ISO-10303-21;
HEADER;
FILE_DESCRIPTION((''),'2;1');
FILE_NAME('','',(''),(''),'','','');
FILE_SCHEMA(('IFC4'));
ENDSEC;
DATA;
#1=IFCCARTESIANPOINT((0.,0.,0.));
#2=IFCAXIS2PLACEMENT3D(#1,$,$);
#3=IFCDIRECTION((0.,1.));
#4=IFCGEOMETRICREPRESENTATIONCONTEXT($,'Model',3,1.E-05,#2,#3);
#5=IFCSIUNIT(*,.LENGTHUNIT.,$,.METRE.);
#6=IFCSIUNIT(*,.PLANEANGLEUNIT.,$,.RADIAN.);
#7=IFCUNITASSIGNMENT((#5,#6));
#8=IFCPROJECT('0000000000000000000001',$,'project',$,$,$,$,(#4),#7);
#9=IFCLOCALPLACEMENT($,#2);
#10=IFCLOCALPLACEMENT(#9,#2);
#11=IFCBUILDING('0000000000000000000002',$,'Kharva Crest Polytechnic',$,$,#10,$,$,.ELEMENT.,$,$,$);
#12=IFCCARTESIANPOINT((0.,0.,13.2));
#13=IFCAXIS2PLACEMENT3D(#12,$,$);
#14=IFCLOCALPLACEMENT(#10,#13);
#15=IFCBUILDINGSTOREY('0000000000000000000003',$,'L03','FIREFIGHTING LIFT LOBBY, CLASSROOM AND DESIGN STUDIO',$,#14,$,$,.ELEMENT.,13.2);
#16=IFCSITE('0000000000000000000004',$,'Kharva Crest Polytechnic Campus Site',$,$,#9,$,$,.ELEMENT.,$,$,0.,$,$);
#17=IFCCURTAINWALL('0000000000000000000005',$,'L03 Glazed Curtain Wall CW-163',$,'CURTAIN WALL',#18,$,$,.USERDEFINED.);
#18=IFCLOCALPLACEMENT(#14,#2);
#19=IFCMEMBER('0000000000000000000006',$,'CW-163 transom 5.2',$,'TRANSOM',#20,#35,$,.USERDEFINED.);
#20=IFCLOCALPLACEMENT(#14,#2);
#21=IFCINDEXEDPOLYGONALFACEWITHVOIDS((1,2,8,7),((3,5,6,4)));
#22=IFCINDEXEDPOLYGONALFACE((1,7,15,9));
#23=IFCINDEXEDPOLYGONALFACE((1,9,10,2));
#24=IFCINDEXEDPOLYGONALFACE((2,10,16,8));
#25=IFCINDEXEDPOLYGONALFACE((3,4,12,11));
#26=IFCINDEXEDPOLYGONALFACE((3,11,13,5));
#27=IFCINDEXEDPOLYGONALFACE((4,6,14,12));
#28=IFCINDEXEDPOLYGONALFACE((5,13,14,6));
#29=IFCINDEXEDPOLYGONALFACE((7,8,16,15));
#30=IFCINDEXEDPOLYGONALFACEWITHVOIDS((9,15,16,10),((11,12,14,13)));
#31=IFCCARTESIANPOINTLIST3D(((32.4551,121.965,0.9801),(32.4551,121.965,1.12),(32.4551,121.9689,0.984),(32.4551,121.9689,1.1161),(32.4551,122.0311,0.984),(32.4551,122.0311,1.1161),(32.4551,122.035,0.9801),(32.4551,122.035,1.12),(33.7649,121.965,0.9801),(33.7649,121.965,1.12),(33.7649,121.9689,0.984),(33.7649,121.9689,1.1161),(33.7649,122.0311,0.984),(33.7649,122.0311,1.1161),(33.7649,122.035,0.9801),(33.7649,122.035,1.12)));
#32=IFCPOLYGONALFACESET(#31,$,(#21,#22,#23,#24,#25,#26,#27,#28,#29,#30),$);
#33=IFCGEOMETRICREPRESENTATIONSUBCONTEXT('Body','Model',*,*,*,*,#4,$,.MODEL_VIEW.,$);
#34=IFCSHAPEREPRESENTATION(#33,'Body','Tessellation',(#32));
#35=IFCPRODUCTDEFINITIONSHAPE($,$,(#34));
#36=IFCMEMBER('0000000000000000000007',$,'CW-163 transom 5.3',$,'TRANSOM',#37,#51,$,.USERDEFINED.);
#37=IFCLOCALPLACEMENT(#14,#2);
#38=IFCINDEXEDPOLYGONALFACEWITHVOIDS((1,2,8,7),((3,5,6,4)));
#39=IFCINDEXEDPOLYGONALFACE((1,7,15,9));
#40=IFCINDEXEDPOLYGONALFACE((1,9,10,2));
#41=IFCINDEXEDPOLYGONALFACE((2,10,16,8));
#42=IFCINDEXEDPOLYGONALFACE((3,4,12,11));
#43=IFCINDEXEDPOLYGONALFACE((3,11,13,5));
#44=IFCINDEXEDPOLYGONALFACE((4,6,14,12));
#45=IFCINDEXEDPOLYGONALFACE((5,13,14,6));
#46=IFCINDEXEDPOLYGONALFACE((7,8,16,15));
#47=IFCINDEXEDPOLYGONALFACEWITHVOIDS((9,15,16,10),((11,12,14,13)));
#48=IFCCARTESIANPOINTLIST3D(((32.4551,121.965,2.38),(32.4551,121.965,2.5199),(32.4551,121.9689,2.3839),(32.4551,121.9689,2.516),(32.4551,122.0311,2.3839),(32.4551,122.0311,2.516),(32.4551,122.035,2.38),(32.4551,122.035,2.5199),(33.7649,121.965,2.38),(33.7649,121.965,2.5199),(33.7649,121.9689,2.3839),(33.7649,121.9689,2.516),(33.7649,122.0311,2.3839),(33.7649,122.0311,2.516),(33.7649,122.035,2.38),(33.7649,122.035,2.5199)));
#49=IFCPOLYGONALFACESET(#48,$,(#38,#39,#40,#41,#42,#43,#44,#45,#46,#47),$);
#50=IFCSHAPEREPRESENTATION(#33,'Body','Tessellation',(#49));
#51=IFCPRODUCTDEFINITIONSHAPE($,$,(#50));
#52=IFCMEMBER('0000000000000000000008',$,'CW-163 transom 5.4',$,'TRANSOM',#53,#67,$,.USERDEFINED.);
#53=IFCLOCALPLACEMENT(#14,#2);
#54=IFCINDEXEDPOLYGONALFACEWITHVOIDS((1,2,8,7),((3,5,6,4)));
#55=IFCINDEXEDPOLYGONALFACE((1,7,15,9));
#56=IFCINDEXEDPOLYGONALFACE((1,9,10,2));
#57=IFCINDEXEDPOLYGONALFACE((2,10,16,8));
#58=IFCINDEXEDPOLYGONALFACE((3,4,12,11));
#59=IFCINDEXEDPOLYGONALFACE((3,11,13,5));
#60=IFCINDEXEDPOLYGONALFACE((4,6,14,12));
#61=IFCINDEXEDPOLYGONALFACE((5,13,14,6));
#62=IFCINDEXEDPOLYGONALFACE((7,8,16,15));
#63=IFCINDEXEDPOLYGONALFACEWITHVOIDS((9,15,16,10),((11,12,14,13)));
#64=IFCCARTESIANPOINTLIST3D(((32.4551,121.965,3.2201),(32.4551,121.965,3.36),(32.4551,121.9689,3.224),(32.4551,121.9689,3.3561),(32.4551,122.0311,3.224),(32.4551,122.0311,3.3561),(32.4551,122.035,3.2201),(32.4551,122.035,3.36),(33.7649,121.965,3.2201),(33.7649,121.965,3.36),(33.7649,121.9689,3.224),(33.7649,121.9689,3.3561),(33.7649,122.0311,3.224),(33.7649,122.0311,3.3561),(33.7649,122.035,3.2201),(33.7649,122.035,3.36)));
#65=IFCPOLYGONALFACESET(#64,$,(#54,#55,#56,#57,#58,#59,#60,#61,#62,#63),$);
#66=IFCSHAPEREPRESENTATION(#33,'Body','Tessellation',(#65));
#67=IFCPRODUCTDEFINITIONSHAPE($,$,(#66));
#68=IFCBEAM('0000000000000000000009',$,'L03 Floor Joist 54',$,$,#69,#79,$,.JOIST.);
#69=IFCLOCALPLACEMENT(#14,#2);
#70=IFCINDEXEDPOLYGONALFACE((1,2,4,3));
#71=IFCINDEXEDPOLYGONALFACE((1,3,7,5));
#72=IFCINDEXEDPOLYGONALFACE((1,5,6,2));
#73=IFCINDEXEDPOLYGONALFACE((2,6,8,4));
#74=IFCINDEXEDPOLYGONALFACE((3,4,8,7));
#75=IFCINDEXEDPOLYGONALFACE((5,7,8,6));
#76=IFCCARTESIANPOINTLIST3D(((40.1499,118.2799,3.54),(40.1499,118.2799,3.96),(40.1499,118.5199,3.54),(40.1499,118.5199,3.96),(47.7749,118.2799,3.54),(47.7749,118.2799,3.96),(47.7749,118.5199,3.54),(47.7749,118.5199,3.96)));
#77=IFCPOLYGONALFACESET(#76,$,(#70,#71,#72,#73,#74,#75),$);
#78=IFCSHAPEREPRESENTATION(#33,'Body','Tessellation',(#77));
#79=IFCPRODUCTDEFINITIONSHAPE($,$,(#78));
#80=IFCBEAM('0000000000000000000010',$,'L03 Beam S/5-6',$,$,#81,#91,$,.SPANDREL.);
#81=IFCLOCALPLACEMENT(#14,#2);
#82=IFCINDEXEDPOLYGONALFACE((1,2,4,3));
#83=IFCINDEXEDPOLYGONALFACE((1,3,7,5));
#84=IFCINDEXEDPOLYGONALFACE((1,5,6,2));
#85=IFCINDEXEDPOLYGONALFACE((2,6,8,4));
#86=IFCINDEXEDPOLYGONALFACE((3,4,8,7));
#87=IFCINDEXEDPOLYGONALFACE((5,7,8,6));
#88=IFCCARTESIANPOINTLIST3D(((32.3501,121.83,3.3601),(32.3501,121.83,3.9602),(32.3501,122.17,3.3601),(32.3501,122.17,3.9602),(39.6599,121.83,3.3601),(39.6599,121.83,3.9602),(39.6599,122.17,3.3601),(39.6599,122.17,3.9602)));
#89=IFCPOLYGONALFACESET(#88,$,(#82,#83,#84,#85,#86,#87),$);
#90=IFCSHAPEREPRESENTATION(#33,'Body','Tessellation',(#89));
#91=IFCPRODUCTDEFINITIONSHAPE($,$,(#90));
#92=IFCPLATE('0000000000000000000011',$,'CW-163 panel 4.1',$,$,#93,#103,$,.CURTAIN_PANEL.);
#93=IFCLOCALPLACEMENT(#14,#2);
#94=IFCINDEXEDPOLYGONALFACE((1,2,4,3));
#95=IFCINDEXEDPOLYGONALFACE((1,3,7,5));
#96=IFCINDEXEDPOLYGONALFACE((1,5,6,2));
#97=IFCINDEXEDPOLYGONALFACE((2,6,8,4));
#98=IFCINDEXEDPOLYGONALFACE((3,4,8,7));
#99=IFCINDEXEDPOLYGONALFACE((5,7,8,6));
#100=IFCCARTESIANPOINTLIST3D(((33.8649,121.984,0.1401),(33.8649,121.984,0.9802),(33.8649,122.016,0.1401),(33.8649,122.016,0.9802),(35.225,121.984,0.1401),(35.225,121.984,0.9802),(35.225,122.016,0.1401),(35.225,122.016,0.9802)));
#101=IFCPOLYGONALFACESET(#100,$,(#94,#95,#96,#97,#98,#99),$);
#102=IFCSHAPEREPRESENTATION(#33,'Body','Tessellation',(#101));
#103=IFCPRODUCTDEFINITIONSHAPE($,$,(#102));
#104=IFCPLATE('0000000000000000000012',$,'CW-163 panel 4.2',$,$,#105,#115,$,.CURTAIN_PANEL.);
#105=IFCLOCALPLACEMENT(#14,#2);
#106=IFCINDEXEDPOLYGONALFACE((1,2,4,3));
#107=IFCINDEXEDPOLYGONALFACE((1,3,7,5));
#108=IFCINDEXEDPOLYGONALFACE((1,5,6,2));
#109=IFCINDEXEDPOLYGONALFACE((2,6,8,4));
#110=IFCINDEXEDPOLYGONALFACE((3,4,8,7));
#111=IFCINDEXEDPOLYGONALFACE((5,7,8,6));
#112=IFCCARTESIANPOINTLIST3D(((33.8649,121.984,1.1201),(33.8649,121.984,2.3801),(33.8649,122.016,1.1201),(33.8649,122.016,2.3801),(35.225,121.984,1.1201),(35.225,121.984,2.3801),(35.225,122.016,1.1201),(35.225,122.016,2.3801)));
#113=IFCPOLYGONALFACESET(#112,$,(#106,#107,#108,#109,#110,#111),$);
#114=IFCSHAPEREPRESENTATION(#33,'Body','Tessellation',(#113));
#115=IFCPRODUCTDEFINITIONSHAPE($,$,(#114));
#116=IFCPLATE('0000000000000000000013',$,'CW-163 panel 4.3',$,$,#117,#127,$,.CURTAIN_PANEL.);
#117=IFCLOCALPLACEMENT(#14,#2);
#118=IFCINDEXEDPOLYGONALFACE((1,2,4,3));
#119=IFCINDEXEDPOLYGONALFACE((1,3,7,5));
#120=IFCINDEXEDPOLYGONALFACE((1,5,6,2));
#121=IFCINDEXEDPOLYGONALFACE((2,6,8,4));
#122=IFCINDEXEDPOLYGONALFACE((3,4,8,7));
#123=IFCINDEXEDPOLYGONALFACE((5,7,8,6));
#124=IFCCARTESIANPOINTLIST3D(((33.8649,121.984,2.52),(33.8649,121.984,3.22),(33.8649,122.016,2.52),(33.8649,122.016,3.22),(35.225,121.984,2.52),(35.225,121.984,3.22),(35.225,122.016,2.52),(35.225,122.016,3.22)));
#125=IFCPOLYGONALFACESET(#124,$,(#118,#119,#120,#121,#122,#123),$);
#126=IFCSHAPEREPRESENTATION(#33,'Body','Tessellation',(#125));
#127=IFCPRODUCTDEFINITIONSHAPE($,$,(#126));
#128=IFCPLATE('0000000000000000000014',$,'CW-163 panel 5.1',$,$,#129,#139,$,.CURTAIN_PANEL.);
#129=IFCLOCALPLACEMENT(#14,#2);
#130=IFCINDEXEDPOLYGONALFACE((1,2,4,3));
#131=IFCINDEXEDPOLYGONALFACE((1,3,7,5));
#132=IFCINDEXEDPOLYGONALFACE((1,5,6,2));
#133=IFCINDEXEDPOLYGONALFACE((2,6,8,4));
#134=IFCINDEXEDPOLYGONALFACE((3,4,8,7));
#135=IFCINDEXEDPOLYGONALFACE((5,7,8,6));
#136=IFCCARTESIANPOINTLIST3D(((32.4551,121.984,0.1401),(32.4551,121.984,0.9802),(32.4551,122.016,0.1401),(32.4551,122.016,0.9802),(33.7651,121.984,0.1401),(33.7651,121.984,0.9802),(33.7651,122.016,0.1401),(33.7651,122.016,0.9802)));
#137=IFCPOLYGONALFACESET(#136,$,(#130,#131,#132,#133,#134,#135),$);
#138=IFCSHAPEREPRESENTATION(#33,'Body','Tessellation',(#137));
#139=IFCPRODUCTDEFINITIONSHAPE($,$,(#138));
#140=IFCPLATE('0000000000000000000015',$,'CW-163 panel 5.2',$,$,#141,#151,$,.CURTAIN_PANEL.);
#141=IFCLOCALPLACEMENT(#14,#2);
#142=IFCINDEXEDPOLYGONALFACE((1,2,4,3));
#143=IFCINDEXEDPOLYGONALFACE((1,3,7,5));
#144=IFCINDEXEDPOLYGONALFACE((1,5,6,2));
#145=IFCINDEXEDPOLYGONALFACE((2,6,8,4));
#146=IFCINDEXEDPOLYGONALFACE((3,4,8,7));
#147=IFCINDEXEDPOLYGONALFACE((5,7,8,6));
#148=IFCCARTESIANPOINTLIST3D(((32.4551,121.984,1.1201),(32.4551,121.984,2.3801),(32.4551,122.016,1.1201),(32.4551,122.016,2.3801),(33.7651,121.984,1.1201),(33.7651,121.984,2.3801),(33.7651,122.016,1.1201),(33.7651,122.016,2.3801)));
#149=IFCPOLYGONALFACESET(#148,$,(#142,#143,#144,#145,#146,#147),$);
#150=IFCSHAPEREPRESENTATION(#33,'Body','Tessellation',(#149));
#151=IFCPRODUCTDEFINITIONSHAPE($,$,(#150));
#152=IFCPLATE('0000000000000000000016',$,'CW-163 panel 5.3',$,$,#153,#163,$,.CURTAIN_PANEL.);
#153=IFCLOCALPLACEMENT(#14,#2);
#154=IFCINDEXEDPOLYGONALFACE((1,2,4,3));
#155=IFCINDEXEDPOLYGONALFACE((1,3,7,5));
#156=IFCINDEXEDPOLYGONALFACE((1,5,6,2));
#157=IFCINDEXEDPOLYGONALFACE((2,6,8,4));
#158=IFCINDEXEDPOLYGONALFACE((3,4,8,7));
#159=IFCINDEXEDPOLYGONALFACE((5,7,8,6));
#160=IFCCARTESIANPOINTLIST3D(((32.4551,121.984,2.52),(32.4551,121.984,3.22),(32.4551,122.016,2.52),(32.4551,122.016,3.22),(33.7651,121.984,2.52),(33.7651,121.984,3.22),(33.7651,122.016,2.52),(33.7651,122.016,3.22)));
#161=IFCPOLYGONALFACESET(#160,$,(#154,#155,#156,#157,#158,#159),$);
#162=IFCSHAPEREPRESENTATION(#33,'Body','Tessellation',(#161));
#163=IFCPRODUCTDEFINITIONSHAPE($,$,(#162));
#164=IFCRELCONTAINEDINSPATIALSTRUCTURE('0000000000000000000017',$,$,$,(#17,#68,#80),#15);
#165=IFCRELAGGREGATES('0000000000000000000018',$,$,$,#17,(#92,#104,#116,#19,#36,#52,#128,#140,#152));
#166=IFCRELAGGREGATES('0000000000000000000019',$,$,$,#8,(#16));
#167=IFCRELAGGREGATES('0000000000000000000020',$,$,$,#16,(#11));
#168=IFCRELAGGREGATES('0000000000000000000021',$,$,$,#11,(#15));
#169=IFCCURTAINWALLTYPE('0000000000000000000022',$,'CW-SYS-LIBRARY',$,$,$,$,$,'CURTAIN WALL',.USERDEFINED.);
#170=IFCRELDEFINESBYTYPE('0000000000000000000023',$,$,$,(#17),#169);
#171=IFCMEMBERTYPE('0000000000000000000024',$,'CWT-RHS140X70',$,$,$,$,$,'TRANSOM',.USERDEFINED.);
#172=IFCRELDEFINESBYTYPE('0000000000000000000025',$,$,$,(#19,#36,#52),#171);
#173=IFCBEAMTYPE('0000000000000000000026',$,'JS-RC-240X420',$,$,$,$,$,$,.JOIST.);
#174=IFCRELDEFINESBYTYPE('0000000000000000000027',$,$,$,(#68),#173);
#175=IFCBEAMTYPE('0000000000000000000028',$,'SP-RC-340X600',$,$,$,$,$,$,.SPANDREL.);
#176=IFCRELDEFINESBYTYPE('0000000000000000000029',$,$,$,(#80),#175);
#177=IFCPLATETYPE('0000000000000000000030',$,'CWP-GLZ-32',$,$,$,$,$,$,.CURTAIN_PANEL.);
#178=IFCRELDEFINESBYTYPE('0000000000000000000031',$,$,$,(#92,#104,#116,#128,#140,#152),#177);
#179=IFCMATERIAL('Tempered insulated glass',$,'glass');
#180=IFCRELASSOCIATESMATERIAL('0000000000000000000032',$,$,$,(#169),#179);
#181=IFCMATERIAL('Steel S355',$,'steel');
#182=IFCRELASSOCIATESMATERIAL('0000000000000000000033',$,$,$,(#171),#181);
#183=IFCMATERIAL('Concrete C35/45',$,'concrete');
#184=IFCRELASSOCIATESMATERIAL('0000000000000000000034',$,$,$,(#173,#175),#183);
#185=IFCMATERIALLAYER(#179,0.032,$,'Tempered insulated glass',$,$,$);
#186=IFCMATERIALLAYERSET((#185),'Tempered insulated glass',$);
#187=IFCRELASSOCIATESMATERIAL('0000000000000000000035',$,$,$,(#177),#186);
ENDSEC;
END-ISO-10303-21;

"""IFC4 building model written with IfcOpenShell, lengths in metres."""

from ifc_helpers import new_model, si_unit, direction, frame, origin, origin_2d, place, context, subcontext, project, spatial, rectangle, hollow_rectangle, extrude, material, layer, layer_set, material_profile, profile_set, type_object, element, aggregate, save


model = new_model("IFC4")

# Units and contexts
model_context = context("Model", 3, precision=1e-05, world=origin(), true_north=direction((0.0, 1.0)))
body_context = subcontext(model_context, "Body", "Model", "MODEL_VIEW")
ifc_project = project(units=[si_unit("LENGTHUNIT", "METRE"), si_unit("PLANEANGLEUNIT", "RADIAN")], contexts=[model_context])

# Site, building, storey
site_placement = place(None, origin())
site = spatial("IfcSite", under=ifc_project, at=site_placement, Name="Kharva Crest Polytechnic Campus Site", CompositionType="ELEMENT", RefElevation=0.0)
building_placement = place(site_placement, origin())
building = spatial("IfcBuilding", under=site, at=building_placement, Name="Kharva Crest Polytechnic", CompositionType="ELEMENT")
storey_placement = place(building_placement, frame((0.0, 0.0, 13.2)))
storey = spatial("IfcBuildingStorey", under=building, at=storey_placement, Name="L03", Description="FIREFIGHTING LIFT LOBBY, CLASSROOM AND DESIGN STUDIO", CompositionType="ELEMENT", Elevation=13.2)

# Shared definitions
ifc_material_1 = material(Name="Concrete C35/45", Category="concrete")

# Curtain wall, members
ifc_material_2 = material(Name="Tempered insulated glass", Category="glass")
curtain_wall_type = type_object("IfcCurtainWallType", Name="CW-SYS-LIBRARY", ElementType="CURTAIN WALL", PredefinedType="USERDEFINED", material=ifc_material_2)
curtain_wall_placement = place(storey_placement, origin())
curtain_wall = element("IfcCurtainWall", 1, at=curtain_wall_placement, inside=storey, type_object=curtain_wall_type, Name="L03 Glazed Curtain Wall CW-163", ObjectType="CURTAIN WALL", PredefinedType="USERDEFINED")
ifc_material_3 = material(Name="Steel S355", Category="steel")
ifc_material_profile_1 = material_profile(ifc_material_3, hollow_rectangle(XDim=0.0701, YDim=0.1399, WallThickness=0.0039, at=origin_2d()), Name="RHS 140X70X4.0")
ifc_profile_set_1 = profile_set([ifc_material_profile_1], Name="Steel S355")
member_type_1 = type_object("IfcMemberType", Name="CWT-RHS140X70", ElementType="TRANSOM", PredefinedType="USERDEFINED", material=ifc_profile_set_1)
member_1_placement = place(storey_placement, frame((33.7649, 122.0, 1.05), z_axis=(-1.0, 0.0, 0.0), x_axis=(0.0, -1.0, 0.0)))
member_1 = element("IfcMember", 2, at=member_1_placement, type_object=member_type_1, Name="CW-163 transom 5.2", ObjectType="TRANSOM", PredefinedType="USERDEFINED", context=body_context, shape_type="SweptSolid", body=[
    extrude(hollow_rectangle(XDim=0.0701, YDim=0.1399, WallThickness=0.0039, at=origin_2d()), origin(), (0.0, 0.0, 1.0), 1.3098),
])
member_2_placement = place(storey_placement, frame((33.7649, 122.0, 2.45), z_axis=(-1.0, 0.0, 0.0), x_axis=(0.0, -1.0, 0.0)))
member_2 = element("IfcMember", 3, at=member_2_placement, type_object=member_type_1, Name="CW-163 transom 5.3", ObjectType="TRANSOM", PredefinedType="USERDEFINED", context=body_context, shape_type="SweptSolid", body=[
    extrude(hollow_rectangle(XDim=0.0701, YDim=0.1399, WallThickness=0.0039, at=origin_2d()), origin(), (0.0, 0.0, 1.0), 1.3098),
])
member_3_placement = place(storey_placement, frame((33.7649, 122.0, 3.29), z_axis=(-1.0, 0.0, 0.0), x_axis=(0.0, -1.0, 0.0)))
member_3 = element("IfcMember", 4, at=member_3_placement, type_object=member_type_1, Name="CW-163 transom 5.4", ObjectType="TRANSOM", PredefinedType="USERDEFINED", context=body_context, shape_type="SweptSolid", body=[
    extrude(hollow_rectangle(XDim=0.0701, YDim=0.1399, WallThickness=0.0039, at=origin_2d()), origin(), (0.0, 0.0, 1.0), 1.3098),
])

# Beams
ifc_material_profile_2 = material_profile(ifc_material_1, rectangle(XDim=0.24, YDim=0.4199, at=origin_2d()), Name="RECT 240 X 420")
ifc_profile_set_2 = profile_set([ifc_material_profile_2], Name="Concrete C35/45")
beam_type_1 = type_object("IfcBeamType", Name="JS-RC-240X420", PredefinedType="JOIST", material=ifc_profile_set_2)
beam_1_placement = place(storey_placement, frame((40.1499, 118.3999, 3.75), z_axis=(1.0, 0.0, 0.0), x_axis=(0.0, 1.0, 0.0)))
element("IfcBeam", 5, at=beam_1_placement, inside=storey, type_object=beam_type_1, Name="L03 Floor Joist 54", PredefinedType="JOIST", context=body_context, shape_type="SweptSolid", body=[
    extrude(rectangle(XDim=0.24, YDim=0.4199, at=origin_2d()), origin(), (0.0, 0.0, 1.0), 7.625),
])
ifc_material_profile_3 = material_profile(ifc_material_1, rectangle(XDim=0.3401, YDim=0.6001, at=origin_2d()), Name="RECT 340 X 600")
ifc_profile_set_3 = profile_set([ifc_material_profile_3], Name="Concrete C35/45")
beam_type_2 = type_object("IfcBeamType", Name="SP-RC-340X600", PredefinedType="SPANDREL", material=ifc_profile_set_3)
beam_2_placement = place(storey_placement, frame((32.3501, 122.0, 3.6602), z_axis=(1.0, 0.0, 0.0), x_axis=(0.0, 1.0, 0.0)))
element("IfcBeam", 6, at=beam_2_placement, inside=storey, type_object=beam_type_2, Name="L03 Beam S/5-6", PredefinedType="SPANDREL", context=body_context, shape_type="SweptSolid", body=[
    extrude(rectangle(XDim=0.3401, YDim=0.6001, at=origin_2d()), origin(), (0.0, 0.0, 1.0), 7.3098),
])

# Plates
ifc_layer = layer(ifc_material_2, 0.032, Name="Tempered insulated glass")
ifc_layer_set = layer_set([ifc_layer], Name="Tempered insulated glass")
plate_type = type_object("IfcPlateType", Name="CWP-GLZ-32", PredefinedType="CURTAIN_PANEL", material=ifc_layer_set)
plate_1_placement = place(storey_placement, frame((34.5449, 122.0, 0.1401), z_axis=(0.0, 0.0, 1.0), x_axis=(-1.0, 0.0, 0.0)))
plate_1 = element("IfcPlate", 7, at=plate_1_placement, type_object=plate_type, Name="CW-163 panel 4.1", PredefinedType="CURTAIN_PANEL", context=body_context, shape_type="SweptSolid", body=[
    extrude(rectangle(XDim=1.3601, YDim=0.032, at=origin_2d()), origin(), (0.0, 0.0, 1.0), 0.8401),
])
plate_2_placement = place(storey_placement, frame((34.5449, 122.0, 1.1201), z_axis=(0.0, 0.0, 1.0), x_axis=(-1.0, 0.0, 0.0)))
plate_2 = element("IfcPlate", 8, at=plate_2_placement, type_object=plate_type, Name="CW-163 panel 4.2", PredefinedType="CURTAIN_PANEL", context=body_context, shape_type="SweptSolid", body=[
    extrude(rectangle(XDim=1.3601, YDim=0.032, at=origin_2d()), origin(), (0.0, 0.0, 1.0), 1.26),
])
plate_3_placement = place(storey_placement, frame((34.5449, 122.0, 2.52), z_axis=(0.0, 0.0, 1.0), x_axis=(-1.0, 0.0, 0.0)))
plate_3 = element("IfcPlate", 9, at=plate_3_placement, type_object=plate_type, Name="CW-163 panel 4.3", PredefinedType="CURTAIN_PANEL", context=body_context, shape_type="SweptSolid", body=[
    extrude(rectangle(XDim=1.3601, YDim=0.032, at=origin_2d()), origin(), (0.0, 0.0, 1.0), 0.7),
])
plate_4_placement = place(storey_placement, frame((33.1101, 122.0, 0.1401), z_axis=(0.0, 0.0, 1.0), x_axis=(-1.0, 0.0, 0.0)))
plate_4 = element("IfcPlate", 10, at=plate_4_placement, type_object=plate_type, Name="CW-163 panel 5.1", PredefinedType="CURTAIN_PANEL", context=body_context, shape_type="SweptSolid", body=[
    extrude(rectangle(XDim=1.3101, YDim=0.032, at=origin_2d()), origin(), (0.0, 0.0, 1.0), 0.8401),
])
plate_5_placement = place(storey_placement, frame((33.1101, 122.0, 1.1201), z_axis=(0.0, 0.0, 1.0), x_axis=(-1.0, 0.0, 0.0)))
plate_5 = element("IfcPlate", 11, at=plate_5_placement, type_object=plate_type, Name="CW-163 panel 5.2", PredefinedType="CURTAIN_PANEL", context=body_context, shape_type="SweptSolid", body=[
    extrude(rectangle(XDim=1.3101, YDim=0.032, at=origin_2d()), origin(), (0.0, 0.0, 1.0), 1.26),
])
plate_6_placement = place(storey_placement, frame((33.1101, 122.0, 2.52), z_axis=(0.0, 0.0, 1.0), x_axis=(-1.0, 0.0, 0.0)))
plate_6 = element("IfcPlate", 12, at=plate_6_placement, type_object=plate_type, Name="CW-163 panel 5.3", PredefinedType="CURTAIN_PANEL", context=body_context, shape_type="SweptSolid", body=[
    extrude(rectangle(XDim=1.3101, YDim=0.032, at=origin_2d()), origin(), (0.0, 0.0, 1.0), 0.7),
])
aggregate(curtain_wall, [plate_1, plate_2, plate_3, member_1, member_2, member_3, plate_4, plate_5, plate_6])

save(model, "model.ifc")
